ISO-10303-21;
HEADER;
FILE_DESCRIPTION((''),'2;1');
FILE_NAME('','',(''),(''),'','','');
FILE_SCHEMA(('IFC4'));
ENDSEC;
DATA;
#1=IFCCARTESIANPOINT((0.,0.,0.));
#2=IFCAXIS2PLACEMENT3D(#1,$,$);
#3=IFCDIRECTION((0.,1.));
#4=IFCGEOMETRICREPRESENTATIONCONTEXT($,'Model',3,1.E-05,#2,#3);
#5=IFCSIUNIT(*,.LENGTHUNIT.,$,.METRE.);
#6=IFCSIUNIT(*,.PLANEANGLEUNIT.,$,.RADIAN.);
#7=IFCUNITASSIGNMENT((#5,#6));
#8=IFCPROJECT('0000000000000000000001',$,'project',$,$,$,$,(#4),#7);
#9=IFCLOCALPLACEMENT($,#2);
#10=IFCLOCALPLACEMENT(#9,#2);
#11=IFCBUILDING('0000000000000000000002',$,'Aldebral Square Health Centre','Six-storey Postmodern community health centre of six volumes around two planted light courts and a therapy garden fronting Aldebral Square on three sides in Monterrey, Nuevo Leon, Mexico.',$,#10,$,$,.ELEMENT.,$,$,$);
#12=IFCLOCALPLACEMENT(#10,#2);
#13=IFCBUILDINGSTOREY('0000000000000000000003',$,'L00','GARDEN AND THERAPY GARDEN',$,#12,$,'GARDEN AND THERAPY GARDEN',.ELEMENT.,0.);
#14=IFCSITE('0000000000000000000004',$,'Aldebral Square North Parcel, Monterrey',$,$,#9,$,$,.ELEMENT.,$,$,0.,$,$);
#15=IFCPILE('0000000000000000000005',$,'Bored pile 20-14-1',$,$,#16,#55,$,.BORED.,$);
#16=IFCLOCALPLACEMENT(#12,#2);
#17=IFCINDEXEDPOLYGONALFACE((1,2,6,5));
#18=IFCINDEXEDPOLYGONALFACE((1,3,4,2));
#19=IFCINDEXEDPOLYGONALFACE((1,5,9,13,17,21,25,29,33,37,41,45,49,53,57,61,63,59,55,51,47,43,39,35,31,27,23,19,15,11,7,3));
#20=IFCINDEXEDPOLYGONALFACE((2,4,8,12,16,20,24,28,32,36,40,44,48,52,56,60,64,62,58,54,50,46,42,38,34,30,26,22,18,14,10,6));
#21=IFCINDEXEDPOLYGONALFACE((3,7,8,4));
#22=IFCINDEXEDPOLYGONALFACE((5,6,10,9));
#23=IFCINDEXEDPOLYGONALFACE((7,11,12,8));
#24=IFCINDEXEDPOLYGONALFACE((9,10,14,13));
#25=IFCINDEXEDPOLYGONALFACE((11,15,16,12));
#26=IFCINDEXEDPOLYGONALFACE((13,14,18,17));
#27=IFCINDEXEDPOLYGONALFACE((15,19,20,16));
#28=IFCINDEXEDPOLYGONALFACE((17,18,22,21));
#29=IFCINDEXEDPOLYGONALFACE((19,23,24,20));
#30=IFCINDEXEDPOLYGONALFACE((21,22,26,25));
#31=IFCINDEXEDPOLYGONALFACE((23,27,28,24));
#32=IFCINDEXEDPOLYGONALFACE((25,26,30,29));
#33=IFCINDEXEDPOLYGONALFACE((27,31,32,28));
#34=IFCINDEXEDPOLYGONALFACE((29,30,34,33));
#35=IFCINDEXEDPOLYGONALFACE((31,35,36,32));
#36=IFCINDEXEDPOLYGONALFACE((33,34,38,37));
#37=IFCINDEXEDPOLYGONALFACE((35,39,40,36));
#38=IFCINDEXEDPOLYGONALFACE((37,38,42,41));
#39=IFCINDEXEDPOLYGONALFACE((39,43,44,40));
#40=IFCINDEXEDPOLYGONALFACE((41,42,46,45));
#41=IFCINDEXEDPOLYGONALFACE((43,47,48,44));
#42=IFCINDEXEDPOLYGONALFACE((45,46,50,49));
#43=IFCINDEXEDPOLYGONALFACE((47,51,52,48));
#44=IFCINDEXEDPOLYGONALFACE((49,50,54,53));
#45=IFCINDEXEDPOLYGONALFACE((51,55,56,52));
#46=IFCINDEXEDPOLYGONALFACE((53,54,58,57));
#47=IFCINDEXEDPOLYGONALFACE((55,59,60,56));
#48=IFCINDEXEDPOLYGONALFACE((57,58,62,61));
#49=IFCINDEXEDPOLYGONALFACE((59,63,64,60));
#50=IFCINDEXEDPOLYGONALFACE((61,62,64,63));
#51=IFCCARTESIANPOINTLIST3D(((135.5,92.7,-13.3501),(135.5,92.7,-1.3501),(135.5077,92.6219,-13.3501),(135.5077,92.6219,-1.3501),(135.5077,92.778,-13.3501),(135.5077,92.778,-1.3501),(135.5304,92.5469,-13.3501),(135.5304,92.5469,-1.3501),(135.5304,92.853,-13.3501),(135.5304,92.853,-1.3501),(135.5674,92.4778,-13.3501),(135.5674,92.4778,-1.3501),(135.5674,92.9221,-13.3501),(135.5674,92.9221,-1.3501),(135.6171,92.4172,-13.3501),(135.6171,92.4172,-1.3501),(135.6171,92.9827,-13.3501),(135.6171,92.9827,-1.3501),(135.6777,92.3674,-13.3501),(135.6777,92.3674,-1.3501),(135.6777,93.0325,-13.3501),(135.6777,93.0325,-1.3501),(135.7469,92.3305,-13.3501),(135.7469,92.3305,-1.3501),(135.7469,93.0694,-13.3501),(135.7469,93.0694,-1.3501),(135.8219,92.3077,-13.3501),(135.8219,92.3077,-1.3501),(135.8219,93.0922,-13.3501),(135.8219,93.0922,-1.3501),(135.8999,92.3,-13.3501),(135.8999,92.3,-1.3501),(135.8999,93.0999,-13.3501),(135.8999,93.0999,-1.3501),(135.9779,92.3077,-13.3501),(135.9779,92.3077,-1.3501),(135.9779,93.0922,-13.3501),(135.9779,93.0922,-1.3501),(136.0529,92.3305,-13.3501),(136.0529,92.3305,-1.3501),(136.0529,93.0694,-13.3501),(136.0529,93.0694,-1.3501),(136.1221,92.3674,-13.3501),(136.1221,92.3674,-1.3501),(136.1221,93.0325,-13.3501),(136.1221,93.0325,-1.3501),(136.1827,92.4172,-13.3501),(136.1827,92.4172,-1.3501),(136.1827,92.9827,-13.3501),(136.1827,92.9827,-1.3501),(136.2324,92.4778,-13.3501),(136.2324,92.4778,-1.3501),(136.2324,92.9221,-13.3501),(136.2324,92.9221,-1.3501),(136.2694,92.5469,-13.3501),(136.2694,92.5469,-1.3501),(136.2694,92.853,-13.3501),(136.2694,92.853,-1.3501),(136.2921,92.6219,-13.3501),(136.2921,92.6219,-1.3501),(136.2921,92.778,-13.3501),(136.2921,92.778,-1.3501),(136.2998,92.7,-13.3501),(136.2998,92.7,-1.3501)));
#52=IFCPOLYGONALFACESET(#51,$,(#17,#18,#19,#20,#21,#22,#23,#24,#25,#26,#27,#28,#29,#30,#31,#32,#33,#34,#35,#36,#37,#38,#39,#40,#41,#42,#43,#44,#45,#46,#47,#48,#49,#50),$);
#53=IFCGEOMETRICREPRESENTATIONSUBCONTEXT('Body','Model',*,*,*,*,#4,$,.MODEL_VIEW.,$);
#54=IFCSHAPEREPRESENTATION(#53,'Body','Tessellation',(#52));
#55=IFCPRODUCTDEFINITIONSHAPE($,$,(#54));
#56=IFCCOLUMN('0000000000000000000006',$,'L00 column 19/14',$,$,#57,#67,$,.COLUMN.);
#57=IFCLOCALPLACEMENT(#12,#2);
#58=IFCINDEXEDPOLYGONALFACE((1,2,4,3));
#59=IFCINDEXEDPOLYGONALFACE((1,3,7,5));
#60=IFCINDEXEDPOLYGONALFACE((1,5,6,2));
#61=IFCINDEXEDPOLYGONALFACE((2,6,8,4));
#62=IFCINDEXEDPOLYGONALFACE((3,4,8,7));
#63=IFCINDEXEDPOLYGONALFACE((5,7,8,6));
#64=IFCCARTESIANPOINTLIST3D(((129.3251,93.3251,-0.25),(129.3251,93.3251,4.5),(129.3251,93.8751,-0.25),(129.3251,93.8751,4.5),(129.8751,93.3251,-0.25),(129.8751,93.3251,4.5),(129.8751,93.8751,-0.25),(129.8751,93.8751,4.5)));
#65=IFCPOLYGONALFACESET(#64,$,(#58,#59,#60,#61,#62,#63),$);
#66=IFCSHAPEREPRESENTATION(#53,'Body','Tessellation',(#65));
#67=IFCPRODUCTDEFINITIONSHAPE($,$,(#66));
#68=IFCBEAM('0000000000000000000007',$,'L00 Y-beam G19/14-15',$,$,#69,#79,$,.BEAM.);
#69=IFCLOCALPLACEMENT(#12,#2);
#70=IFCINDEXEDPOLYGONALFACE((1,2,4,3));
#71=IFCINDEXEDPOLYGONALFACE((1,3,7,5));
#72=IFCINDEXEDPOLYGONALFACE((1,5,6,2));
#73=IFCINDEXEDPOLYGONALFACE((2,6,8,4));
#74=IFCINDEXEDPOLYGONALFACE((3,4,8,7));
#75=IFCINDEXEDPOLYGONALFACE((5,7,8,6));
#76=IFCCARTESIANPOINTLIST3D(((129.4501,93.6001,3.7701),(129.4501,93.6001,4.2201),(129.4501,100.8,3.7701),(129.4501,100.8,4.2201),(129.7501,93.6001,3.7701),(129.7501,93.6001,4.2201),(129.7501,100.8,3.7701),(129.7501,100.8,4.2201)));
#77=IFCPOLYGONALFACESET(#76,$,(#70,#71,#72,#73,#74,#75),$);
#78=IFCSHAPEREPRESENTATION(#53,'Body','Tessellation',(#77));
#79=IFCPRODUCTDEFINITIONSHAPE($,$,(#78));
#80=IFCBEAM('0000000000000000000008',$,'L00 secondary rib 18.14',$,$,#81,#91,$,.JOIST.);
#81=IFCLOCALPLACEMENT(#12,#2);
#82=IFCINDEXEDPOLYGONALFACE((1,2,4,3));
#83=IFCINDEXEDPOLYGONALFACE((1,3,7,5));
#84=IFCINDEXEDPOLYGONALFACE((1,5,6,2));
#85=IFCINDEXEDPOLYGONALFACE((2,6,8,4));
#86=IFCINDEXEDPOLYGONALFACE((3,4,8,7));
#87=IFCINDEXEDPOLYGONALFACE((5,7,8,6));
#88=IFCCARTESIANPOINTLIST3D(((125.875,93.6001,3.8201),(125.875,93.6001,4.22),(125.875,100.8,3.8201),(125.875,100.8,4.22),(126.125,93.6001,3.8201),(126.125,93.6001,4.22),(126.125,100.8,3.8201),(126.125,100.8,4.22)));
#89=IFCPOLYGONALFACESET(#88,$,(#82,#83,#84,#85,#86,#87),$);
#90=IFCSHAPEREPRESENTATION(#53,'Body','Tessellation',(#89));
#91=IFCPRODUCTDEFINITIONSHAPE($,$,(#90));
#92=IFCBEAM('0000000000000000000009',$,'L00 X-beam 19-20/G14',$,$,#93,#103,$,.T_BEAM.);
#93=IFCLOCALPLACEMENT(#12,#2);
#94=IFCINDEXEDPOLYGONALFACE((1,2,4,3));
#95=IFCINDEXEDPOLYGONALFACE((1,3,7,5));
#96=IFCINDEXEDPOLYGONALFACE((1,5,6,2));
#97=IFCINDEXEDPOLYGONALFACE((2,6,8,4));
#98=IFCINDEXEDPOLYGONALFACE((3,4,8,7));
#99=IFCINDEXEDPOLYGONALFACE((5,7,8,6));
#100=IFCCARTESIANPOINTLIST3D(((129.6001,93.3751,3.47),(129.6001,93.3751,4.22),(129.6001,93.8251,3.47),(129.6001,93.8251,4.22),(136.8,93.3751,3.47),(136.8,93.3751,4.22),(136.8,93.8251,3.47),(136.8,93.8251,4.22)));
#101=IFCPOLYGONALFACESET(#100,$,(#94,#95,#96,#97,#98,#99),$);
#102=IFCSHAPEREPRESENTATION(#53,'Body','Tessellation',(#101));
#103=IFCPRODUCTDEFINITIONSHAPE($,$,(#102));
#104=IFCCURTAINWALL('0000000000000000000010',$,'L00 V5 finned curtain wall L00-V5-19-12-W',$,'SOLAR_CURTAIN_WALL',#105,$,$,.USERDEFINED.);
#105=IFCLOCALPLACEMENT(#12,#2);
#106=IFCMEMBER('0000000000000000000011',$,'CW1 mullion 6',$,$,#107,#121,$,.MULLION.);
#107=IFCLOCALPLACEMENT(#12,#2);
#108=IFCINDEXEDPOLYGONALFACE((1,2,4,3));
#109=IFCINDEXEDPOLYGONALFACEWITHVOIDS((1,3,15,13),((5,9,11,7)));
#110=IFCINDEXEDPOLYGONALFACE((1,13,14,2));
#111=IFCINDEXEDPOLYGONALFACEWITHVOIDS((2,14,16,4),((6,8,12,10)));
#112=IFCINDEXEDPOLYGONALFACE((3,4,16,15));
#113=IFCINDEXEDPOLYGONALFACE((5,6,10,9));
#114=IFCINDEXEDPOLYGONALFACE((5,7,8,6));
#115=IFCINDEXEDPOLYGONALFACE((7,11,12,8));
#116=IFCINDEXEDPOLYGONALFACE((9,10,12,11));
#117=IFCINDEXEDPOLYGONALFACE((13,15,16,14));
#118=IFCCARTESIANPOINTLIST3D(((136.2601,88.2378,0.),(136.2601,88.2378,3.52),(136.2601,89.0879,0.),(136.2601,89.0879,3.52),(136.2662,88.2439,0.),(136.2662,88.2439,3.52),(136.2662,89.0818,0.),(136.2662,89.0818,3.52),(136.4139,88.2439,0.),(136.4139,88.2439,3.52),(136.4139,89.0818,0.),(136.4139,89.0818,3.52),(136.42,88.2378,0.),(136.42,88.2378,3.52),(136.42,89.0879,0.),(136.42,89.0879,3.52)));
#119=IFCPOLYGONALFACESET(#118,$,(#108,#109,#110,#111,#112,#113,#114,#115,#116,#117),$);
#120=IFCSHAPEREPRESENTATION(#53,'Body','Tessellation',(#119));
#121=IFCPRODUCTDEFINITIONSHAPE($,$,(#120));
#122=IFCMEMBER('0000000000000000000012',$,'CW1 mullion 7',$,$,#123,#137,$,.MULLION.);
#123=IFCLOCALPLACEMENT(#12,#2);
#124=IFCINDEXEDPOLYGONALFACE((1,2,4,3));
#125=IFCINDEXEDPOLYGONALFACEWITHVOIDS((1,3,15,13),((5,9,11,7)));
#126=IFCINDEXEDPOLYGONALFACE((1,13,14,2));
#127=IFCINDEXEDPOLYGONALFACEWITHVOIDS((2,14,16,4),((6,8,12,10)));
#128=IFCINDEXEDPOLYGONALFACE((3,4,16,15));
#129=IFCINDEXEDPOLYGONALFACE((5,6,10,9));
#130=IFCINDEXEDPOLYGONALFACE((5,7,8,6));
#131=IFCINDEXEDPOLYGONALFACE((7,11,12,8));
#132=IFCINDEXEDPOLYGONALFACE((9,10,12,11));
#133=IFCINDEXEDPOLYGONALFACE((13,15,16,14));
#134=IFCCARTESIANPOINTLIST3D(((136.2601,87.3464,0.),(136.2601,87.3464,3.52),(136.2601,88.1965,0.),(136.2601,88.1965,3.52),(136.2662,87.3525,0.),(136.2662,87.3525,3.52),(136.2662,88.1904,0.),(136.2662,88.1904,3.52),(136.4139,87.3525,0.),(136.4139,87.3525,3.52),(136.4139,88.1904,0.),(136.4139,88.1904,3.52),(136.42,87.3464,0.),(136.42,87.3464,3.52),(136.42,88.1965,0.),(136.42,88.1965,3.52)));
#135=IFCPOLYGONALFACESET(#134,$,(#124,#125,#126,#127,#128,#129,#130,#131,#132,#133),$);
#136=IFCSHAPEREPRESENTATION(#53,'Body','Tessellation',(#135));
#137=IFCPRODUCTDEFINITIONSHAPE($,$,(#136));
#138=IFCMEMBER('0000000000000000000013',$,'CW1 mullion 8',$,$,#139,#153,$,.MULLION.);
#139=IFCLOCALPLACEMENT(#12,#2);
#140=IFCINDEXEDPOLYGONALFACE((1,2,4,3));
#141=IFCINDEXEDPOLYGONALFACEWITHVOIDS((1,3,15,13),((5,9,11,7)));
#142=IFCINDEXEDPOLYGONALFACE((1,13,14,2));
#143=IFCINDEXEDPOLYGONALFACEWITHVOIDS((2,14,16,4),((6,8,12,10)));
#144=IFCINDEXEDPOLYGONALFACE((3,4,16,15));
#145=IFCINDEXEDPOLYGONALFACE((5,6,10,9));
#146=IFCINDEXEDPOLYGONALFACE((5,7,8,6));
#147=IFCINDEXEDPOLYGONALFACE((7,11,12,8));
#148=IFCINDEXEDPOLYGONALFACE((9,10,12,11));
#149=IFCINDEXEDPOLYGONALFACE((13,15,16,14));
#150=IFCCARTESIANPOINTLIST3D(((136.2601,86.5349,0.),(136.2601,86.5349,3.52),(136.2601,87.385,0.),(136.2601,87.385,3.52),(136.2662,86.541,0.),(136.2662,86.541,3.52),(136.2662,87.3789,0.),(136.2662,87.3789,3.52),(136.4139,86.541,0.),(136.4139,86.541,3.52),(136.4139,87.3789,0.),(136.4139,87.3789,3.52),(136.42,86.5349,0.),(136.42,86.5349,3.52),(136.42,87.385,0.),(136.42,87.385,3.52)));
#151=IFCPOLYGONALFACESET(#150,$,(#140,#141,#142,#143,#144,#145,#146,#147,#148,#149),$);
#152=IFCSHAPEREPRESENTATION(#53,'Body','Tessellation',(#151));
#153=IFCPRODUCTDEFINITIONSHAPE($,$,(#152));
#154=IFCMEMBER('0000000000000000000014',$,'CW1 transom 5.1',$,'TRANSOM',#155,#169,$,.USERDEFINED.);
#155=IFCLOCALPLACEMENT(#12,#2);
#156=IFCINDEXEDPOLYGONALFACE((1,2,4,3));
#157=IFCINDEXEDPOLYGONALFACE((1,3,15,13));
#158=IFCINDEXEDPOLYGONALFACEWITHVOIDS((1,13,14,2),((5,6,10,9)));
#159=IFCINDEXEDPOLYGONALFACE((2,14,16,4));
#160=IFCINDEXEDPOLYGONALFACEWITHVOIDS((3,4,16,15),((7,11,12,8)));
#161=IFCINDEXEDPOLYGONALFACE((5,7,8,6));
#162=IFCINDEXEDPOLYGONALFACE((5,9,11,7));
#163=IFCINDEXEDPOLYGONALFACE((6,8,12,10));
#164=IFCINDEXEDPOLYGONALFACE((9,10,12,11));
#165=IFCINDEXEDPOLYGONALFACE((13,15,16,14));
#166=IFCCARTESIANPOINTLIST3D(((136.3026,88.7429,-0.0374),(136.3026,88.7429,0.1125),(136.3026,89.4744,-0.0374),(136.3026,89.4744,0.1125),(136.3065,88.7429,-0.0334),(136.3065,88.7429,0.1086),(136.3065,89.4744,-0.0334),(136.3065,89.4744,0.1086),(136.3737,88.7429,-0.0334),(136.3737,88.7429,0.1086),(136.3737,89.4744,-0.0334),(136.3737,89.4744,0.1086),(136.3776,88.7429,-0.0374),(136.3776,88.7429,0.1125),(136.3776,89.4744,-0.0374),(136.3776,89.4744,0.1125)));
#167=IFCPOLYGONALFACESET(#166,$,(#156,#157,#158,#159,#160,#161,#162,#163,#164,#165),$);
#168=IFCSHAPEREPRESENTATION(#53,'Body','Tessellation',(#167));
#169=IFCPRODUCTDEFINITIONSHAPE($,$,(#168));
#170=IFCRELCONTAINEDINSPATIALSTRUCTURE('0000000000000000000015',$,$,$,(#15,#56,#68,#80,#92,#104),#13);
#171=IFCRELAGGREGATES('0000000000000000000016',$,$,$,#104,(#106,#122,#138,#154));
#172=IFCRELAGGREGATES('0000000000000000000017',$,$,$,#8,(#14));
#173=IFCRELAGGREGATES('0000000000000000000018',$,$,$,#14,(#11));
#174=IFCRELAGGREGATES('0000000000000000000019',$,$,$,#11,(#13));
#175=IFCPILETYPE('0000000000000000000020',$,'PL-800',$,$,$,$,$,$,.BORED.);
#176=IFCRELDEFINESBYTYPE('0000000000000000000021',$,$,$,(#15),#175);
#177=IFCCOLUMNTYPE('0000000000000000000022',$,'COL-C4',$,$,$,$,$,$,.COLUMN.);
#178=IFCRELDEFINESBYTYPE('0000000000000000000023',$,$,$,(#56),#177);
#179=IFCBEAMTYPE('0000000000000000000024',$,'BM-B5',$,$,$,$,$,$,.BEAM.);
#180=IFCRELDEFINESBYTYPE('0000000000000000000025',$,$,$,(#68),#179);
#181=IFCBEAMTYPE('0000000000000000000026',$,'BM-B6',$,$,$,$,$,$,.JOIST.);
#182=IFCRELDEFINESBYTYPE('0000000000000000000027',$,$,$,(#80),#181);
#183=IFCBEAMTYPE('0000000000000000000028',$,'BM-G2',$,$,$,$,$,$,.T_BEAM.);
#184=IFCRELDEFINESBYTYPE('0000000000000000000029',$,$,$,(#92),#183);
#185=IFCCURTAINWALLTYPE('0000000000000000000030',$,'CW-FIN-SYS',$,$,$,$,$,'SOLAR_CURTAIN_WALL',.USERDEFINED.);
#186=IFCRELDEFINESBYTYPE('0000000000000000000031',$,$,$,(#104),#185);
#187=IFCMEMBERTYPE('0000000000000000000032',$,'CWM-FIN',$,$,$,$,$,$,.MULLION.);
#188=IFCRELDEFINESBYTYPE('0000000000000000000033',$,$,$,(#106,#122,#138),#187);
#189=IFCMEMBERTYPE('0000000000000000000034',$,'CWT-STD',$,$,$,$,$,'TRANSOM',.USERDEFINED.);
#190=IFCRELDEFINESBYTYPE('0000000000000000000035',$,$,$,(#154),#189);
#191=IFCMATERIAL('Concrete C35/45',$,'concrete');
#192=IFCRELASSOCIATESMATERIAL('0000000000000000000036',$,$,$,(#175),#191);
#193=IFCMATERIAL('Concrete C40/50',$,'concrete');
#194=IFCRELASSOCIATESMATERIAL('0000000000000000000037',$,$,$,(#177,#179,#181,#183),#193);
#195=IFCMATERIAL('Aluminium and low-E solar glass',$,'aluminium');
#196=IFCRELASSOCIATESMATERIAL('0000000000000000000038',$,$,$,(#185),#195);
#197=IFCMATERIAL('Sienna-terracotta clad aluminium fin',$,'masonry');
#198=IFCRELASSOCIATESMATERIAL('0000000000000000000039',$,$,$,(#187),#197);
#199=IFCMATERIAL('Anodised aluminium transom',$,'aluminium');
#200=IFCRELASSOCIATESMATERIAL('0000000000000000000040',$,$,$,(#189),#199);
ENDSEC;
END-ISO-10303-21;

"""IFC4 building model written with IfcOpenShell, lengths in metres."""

from ifc_helpers import new_model, si_unit, direction, frame, origin, origin_2d, place, context, subcontext, project, spatial, rectangle, hollow_rectangle, circle, extrude, material, material_profile, profile_set, type_object, element, aggregate, save


model = new_model("IFC4")

# Units and contexts
model_context = context("Model", 3, precision=1e-05, world=origin(), true_north=direction((0.0, 1.0)))
body_context = subcontext(model_context, "Body", "Model", "MODEL_VIEW")
ifc_project = project(units=[si_unit("LENGTHUNIT", "METRE"), si_unit("PLANEANGLEUNIT", "RADIAN")], contexts=[model_context])

# Site, building, storey
site_placement = place(None, origin())
site = spatial("IfcSite", under=ifc_project, at=site_placement, Name="Aldebral Square North Parcel, Monterrey", CompositionType="ELEMENT", RefElevation=0.0)
building_placement = place(site_placement, origin())
building = spatial("IfcBuilding", under=site, at=building_placement, Name="Aldebral Square Health Centre", Description="Six-storey Postmodern community health centre of six volumes around two planted light courts and a therapy garden fronting Aldebral Square on three sides in Monterrey, Nuevo Leon, Mexico.", CompositionType="ELEMENT")
storey_placement = place(building_placement, origin())
storey = spatial("IfcBuildingStorey", under=building, at=storey_placement, Name="L00", Description="GARDEN AND THERAPY GARDEN", LongName="GARDEN AND THERAPY GARDEN", CompositionType="ELEMENT", Elevation=0.0)

# Shared definitions
ifc_material_1 = material(Name="Concrete C35/45", Category="concrete")

# Pile
ifc_material_profile_1 = material_profile(ifc_material_1, circle(Radius=0.3999, at=origin_2d()), Name="PILE D800")
ifc_profile_set_1 = profile_set([ifc_material_profile_1], Name="Concrete C35/45")
pile_type_1 = type_object("IfcPileType", Name="PL-800", PredefinedType="BORED", material=ifc_profile_set_1)
pile_placement = place(storey_placement, frame((135.8999, 92.7, -1.3501), z_axis=(0.0, 0.0, -1.0), x_axis=(1.0, 0.0, 0.0)))
element("IfcPile", 1, at=pile_placement, inside=storey, type_object=pile_type_1, Name="Bored pile 20-14-1", PredefinedType="BORED", context=body_context, shape_type="SweptSolid", body=[
    extrude(circle(Radius=0.3999, at=origin_2d()), origin(), (0.0, 0.0, 1.0), 12.0),
])

# Column
ifc_material_2 = material(Name="Concrete C40/50", Category="concrete")
ifc_material_profile_2 = material_profile(ifc_material_2, rectangle(XDim=0.55, YDim=0.55, at=origin_2d()), Name="RC 550x550")
ifc_profile_set_2 = profile_set([ifc_material_profile_2], Name="Concrete C40/50")
column_type = type_object("IfcColumnType", Name="COL-C4", PredefinedType="COLUMN", material=ifc_profile_set_2)
column_placement = place(storey_placement, frame((129.6001, 93.6001, -0.25), z_axis=(0.0, 0.0, 1.0), x_axis=(1.0, 0.0, 0.0)))
element("IfcColumn", 2, at=column_placement, inside=storey, type_object=column_type, Name="L00 column 19/14", PredefinedType="COLUMN", context=body_context, shape_type="SweptSolid", body=[
    extrude(rectangle(XDim=0.55, YDim=0.55, at=origin_2d()), origin(), (0.0, 0.0, 1.0), 4.75),
])

# Beams
ifc_material_profile_3 = material_profile(ifc_material_2, rectangle(XDim=0.3, YDim=0.45, at=origin_2d()), Name="RC 300x450")
ifc_profile_set_3 = profile_set([ifc_material_profile_3], Name="Concrete C40/50")
beam_type_1 = type_object("IfcBeamType", Name="BM-B5", PredefinedType="BEAM", material=ifc_profile_set_3)
beam_1_placement = place(storey_placement, frame((129.6001, 93.6001, 3.9951), z_axis=(0.0, 1.0, 0.0), x_axis=(-1.0, 0.0, 0.0)))
element("IfcBeam", 3, at=beam_1_placement, inside=storey, type_object=beam_type_1, Name="L00 Y-beam G19/14-15", PredefinedType="BEAM", context=body_context, shape_type="SweptSolid", body=[
    extrude(rectangle(XDim=0.3, YDim=0.45, at=origin_2d()), origin(), (0.0, 0.0, 1.0), 7.2),
])
ifc_material_profile_4 = material_profile(ifc_material_2, rectangle(XDim=0.25, YDim=0.3999, at=origin_2d()), Name="RC 250x400")
ifc_profile_set_4 = profile_set([ifc_material_profile_4], Name="Concrete C40/50")
beam_type_2 = type_object("IfcBeamType", Name="BM-B6", PredefinedType="JOIST", material=ifc_profile_set_4)
beam_2_placement = place(storey_placement, frame((126.0, 93.6001, 4.02), z_axis=(0.0, 1.0, 0.0), x_axis=(-1.0, 0.0, 0.0)))
element("IfcBeam", 4, at=beam_2_placement, inside=storey, type_object=beam_type_2, Name="L00 secondary rib 18.14", PredefinedType="JOIST", context=body_context, shape_type="SweptSolid", body=[
    extrude(rectangle(XDim=0.25, YDim=0.3999, at=origin_2d()), origin(), (0.0, 0.0, 1.0), 7.2),
])
ifc_material_profile_5 = material_profile(ifc_material_2, rectangle(XDim=0.45, YDim=0.75, at=origin_2d()), Name="RC 450x750")
ifc_profile_set_5 = profile_set([ifc_material_profile_5], Name="Concrete C40/50")
beam_type_3 = type_object("IfcBeamType", Name="BM-G2", PredefinedType="T_BEAM", material=ifc_profile_set_5)
beam_3_placement = place(storey_placement, frame((129.6001, 93.6001, 3.845), z_axis=(1.0, 0.0, 0.0), x_axis=(0.0, 1.0, 0.0)))
element("IfcBeam", 5, at=beam_3_placement, inside=storey, type_object=beam_type_3, Name="L00 X-beam 19-20/G14", PredefinedType="T_BEAM", context=body_context, shape_type="SweptSolid", body=[
    extrude(rectangle(XDim=0.45, YDim=0.75, at=origin_2d()), origin(), (0.0, 0.0, 1.0), 7.2),
])

# Curtain wall, members
ifc_material_3 = material(Name="Aluminium and low-E solar glass", Category="aluminium")
curtain_wall_type = type_object("IfcCurtainWallType", Name="CW-FIN-SYS", ElementType="SOLAR_CURTAIN_WALL", PredefinedType="USERDEFINED", material=ifc_material_3)
curtain_wall_placement = place(storey_placement, origin())
curtain_wall = element("IfcCurtainWall", 6, at=curtain_wall_placement, inside=storey, type_object=curtain_wall_type, Name="L00 V5 finned curtain wall L00-V5-19-12-W", ObjectType="SOLAR_CURTAIN_WALL", PredefinedType="USERDEFINED")
ifc_material_4 = material(Name="Sienna-terracotta clad aluminium fin", Category="masonry")
ifc_material_profile_6 = material_profile(ifc_material_4, hollow_rectangle(XDim=0.1599, YDim=0.8501, WallThickness=0.0061, at=origin_2d()), Name="FIN 160x850x6")
ifc_profile_set_6 = profile_set([ifc_material_profile_6], Name="Sienna-terracotta clad aluminium fin")
member_type_1 = type_object("IfcMemberType", Name="CWM-FIN", PredefinedType="MULLION", material=ifc_profile_set_6)
member_1_placement = place(storey_placement, frame((136.3401, 88.6628, 0.0), z_axis=(0.0, 0.0, 1.0), x_axis=(1.0, 0.0, 0.0)))
member_1 = element("IfcMember", 7, at=member_1_placement, type_object=member_type_1, Name="CW1 mullion 6", PredefinedType="MULLION", context=body_context, shape_type="SweptSolid", body=[
    extrude(hollow_rectangle(XDim=0.1599, YDim=0.8501, WallThickness=0.0061, at=origin_2d()), origin(), (0.0, 0.0, 1.0), 3.52),
])
member_2_placement = place(storey_placement, frame((136.3401, 87.7715, 0.0), z_axis=(0.0, 0.0, 1.0), x_axis=(1.0, 0.0, 0.0)))
member_2 = element("IfcMember", 8, at=member_2_placement, type_object=member_type_1, Name="CW1 mullion 7", PredefinedType="MULLION", context=body_context, shape_type="SweptSolid", body=[
    extrude(hollow_rectangle(XDim=0.1599, YDim=0.8501, WallThickness=0.0061, at=origin_2d()), origin(), (0.0, 0.0, 1.0), 3.52),
])
member_3_placement = place(storey_placement, frame((136.3401, 86.96, 0.0), z_axis=(0.0, 0.0, 1.0), x_axis=(1.0, 0.0, 0.0)))
member_3 = element("IfcMember", 9, at=member_3_placement, type_object=member_type_1, Name="CW1 mullion 8", PredefinedType="MULLION", context=body_context, shape_type="SweptSolid", body=[
    extrude(hollow_rectangle(XDim=0.1599, YDim=0.8501, WallThickness=0.0061, at=origin_2d()), origin(), (0.0, 0.0, 1.0), 3.52),
])
ifc_material_5 = material(Name="Anodised aluminium transom", Category="aluminium")
ifc_material_profile_7 = material_profile(ifc_material_5, hollow_rectangle(XDim=0.075, YDim=0.1499, WallThickness=0.0039, at=origin_2d()), Name="CWT 75x150x4")
ifc_profile_set_7 = profile_set([ifc_material_profile_7], Name="Anodised aluminium transom")
member_type_2 = type_object("IfcMemberType", Name="CWT-STD", ElementType="TRANSOM", PredefinedType="USERDEFINED", material=ifc_profile_set_7)
member_4_placement = place(storey_placement, frame((136.3401, 89.4744, 0.0376), z_axis=(0.0, -1.0, 0.0), x_axis=(1.0, 0.0, 0.0)))
member_4 = element("IfcMember", 10, at=member_4_placement, type_object=member_type_2, Name="CW1 transom 5.1", ObjectType="TRANSOM", PredefinedType="USERDEFINED", context=body_context, shape_type="SweptSolid", body=[
    extrude(hollow_rectangle(XDim=0.075, YDim=0.1499, WallThickness=0.0039, at=origin_2d()), origin(), (0.0, 0.0, 1.0), 0.7314),
])
aggregate(curtain_wall, [member_1, member_2, member_3, member_4])

save(model, "model.ifc")
